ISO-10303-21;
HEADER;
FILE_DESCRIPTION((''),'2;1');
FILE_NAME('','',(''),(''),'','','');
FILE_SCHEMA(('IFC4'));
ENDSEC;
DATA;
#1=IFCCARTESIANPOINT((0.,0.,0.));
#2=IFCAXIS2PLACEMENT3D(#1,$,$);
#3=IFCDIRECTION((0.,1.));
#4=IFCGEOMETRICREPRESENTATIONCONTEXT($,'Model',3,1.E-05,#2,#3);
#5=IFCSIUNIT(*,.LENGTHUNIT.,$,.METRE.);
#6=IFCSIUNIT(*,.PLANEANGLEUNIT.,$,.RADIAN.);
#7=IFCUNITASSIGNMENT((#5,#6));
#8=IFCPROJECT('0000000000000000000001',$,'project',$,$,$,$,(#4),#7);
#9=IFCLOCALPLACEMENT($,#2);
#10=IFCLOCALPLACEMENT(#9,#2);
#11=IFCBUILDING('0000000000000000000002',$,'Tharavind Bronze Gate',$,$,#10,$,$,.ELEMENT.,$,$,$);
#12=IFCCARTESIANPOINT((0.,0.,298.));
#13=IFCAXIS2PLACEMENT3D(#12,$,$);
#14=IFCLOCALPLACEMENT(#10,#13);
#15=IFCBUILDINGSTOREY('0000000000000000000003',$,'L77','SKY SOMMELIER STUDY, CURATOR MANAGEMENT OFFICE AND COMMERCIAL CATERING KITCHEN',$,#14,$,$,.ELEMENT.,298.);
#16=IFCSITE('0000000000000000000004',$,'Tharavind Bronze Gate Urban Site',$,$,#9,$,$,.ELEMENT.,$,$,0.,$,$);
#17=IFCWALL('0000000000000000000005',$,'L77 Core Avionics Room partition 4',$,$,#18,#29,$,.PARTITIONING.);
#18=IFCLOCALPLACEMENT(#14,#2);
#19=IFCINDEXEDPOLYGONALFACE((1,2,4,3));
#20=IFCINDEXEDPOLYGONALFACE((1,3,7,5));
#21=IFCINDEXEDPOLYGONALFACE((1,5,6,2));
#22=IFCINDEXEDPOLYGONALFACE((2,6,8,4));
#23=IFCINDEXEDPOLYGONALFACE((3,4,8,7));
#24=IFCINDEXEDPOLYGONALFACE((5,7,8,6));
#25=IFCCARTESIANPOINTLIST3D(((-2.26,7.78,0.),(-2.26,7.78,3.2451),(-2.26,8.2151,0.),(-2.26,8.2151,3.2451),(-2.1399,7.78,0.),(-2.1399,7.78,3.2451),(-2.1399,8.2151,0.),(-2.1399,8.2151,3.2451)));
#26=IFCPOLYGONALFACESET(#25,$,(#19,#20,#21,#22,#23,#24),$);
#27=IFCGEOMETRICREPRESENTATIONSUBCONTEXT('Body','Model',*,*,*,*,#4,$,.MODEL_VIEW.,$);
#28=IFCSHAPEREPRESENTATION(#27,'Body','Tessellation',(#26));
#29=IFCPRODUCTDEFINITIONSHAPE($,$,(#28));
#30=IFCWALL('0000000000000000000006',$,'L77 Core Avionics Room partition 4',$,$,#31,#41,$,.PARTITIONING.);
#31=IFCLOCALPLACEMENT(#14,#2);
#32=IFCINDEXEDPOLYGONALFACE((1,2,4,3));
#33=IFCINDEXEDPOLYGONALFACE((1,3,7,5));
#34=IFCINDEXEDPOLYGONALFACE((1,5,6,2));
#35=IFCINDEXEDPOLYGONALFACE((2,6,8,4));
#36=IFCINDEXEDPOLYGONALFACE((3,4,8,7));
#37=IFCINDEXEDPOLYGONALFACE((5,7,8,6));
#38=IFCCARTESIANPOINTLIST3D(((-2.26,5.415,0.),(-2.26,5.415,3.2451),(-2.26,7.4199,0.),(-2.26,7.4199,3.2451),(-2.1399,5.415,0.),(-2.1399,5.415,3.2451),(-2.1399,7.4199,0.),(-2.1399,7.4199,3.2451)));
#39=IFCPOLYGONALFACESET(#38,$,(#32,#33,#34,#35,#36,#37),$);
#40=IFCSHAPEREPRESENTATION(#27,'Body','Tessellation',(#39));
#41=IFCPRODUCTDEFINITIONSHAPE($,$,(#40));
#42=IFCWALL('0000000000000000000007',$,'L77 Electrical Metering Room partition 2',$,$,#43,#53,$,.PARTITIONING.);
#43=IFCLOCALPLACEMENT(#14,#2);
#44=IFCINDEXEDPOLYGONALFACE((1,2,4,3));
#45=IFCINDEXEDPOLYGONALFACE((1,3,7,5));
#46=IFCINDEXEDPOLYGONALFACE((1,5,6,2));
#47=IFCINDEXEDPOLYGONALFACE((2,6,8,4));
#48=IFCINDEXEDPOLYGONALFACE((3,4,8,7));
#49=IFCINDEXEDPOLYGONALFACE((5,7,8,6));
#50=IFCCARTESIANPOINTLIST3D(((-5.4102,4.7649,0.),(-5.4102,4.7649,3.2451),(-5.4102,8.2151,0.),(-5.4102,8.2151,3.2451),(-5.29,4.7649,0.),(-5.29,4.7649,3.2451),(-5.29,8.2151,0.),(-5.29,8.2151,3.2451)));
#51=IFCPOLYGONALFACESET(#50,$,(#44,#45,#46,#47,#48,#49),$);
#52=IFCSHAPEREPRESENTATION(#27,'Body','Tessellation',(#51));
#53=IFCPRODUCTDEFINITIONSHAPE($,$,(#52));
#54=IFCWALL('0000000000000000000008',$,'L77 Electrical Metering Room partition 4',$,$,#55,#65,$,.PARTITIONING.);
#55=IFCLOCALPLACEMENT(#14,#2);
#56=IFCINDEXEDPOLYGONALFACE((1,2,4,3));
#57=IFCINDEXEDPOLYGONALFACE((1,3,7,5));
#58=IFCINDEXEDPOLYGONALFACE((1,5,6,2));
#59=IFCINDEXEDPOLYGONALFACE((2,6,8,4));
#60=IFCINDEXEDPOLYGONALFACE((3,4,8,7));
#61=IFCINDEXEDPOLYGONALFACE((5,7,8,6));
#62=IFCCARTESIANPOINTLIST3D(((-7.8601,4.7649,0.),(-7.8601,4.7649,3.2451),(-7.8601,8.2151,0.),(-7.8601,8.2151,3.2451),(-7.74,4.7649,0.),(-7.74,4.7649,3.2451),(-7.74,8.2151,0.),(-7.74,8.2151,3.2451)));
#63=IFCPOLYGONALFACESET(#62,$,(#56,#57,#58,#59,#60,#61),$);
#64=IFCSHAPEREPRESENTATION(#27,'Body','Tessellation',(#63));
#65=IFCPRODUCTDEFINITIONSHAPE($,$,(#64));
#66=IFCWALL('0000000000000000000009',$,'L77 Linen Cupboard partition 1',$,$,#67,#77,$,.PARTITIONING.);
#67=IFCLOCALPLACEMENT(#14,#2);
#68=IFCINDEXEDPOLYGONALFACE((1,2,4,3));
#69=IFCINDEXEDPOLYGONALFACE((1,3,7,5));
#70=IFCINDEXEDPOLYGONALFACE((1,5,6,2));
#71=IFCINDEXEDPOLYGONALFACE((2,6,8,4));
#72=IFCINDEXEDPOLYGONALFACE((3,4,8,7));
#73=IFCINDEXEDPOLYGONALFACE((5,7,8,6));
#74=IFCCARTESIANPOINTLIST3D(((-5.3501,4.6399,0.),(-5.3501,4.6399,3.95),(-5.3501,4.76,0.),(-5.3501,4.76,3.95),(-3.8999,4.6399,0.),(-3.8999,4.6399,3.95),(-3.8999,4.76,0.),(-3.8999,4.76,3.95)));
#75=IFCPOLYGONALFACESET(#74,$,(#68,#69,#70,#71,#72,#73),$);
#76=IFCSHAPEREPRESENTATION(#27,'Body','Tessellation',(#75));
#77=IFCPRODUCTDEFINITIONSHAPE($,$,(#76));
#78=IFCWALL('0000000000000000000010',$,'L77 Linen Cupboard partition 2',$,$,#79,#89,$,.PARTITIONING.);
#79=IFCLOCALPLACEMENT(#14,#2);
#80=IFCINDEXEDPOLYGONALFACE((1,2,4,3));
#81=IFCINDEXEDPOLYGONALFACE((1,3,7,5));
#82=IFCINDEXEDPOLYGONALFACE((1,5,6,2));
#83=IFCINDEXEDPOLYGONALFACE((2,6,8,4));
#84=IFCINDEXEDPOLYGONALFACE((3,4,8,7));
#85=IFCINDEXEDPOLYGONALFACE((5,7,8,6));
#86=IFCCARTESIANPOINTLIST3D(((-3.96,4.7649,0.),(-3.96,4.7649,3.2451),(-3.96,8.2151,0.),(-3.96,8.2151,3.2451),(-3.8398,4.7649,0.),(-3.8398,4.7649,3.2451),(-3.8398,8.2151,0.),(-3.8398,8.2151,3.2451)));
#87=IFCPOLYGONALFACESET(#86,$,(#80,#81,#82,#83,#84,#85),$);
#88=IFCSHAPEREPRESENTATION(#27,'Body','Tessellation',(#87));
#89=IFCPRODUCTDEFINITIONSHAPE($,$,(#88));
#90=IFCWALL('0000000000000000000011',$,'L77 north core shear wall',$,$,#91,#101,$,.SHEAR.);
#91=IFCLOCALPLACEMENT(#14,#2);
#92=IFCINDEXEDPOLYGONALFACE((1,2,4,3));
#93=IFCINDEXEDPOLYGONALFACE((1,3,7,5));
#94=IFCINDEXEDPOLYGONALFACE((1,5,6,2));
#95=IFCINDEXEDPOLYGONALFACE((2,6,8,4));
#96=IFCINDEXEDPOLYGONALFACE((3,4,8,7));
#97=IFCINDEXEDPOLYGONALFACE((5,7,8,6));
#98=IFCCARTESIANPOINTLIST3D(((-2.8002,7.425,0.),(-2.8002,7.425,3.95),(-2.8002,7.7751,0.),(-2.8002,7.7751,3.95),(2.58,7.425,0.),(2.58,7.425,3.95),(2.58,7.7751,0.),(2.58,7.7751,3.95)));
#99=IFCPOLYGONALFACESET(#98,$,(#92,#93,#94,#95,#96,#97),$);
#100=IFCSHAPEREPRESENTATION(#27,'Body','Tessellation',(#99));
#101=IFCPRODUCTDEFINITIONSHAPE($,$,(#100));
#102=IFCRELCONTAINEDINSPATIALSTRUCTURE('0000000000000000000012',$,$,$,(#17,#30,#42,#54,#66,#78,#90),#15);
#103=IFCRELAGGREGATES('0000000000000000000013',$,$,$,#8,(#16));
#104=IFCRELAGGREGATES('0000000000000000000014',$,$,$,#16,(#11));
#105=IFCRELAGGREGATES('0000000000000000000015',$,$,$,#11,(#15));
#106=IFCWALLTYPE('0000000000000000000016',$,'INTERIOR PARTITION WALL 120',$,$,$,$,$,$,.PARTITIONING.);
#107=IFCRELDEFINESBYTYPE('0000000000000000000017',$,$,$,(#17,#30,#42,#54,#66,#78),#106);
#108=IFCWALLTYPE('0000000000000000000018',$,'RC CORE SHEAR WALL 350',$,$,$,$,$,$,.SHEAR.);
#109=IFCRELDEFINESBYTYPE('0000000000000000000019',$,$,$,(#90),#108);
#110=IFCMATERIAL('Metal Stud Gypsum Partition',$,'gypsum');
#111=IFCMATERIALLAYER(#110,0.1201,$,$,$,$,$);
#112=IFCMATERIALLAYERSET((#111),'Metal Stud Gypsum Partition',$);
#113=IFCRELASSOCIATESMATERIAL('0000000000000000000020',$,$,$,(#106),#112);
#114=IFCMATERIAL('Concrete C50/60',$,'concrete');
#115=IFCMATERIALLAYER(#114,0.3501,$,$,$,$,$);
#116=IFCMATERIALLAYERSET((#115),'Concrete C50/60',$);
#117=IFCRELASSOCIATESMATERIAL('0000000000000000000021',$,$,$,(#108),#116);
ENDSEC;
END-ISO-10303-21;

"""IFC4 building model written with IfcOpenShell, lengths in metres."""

from ifc_helpers import new_model, si_unit, direction, frame, frame_2d, origin, place, context, subcontext, project, spatial, rectangle, extrude, material, layer, layer_set, type_object, element, save


model = new_model("IFC4")

# Units and contexts
model_context = context("Model", 3, precision=1e-05, world=origin(), true_north=direction((0.0, 1.0)))
body_context = subcontext(model_context, "Body", "Model", "MODEL_VIEW")
ifc_project = project(units=[si_unit("LENGTHUNIT", "METRE"), si_unit("PLANEANGLEUNIT", "RADIAN")], contexts=[model_context])

# Site, building, storey
site_placement = place(None, origin())
site = spatial("IfcSite", under=ifc_project, at=site_placement, Name="Tharavind Bronze Gate Urban Site", CompositionType="ELEMENT", RefElevation=0.0)
building_placement = place(site_placement, origin())
building = spatial("IfcBuilding", under=site, at=building_placement, Name="Tharavind Bronze Gate", CompositionType="ELEMENT")
storey_placement = place(building_placement, frame((0.0, 0.0, 298.0)))
storey = spatial("IfcBuildingStorey", under=building, at=storey_placement, Name="L77", Description="SKY SOMMELIER STUDY, CURATOR MANAGEMENT OFFICE AND COMMERCIAL CATERING KITCHEN", CompositionType="ELEMENT", Elevation=298.0)

# Shared definitions
ifc_material_1 = material(Name="Metal Stud Gypsum Partition", Category="gypsum")
ifc_layer_1 = layer(ifc_material_1, 0.1201)
ifc_layer_set_1 = layer_set([ifc_layer_1], Name="Metal Stud Gypsum Partition")
wall_type_1 = type_object("IfcWallType", Name="INTERIOR PARTITION WALL 120", PredefinedType="PARTITIONING", material=ifc_layer_set_1)

# Walls
wall_1_placement = place(storey_placement, frame((-2.2, 8.2151, 0.0), z_axis=(0.0, 0.0, 1.0), x_axis=(0.0, -1.0, 0.0)))
element("IfcWall", 1, at=wall_1_placement, inside=storey, type_object=wall_type_1, Name="L77 Core Avionics Room partition 4", PredefinedType="PARTITIONING", context=body_context, shape_type="SweptSolid", body=[
    extrude(rectangle(XDim=0.4351, YDim=0.1201, at=frame_2d((0.2175, 0.0))), origin(), (0.0, 0.0, 1.0), 3.2451),
])
wall_2_placement = place(storey_placement, frame((-2.2, 7.4199, 0.0), z_axis=(0.0, 0.0, 1.0), x_axis=(0.0, -1.0, 0.0)))
element("IfcWall", 2, at=wall_2_placement, inside=storey, type_object=wall_type_1, Name="L77 Core Avionics Room partition 4", PredefinedType="PARTITIONING", context=body_context, shape_type="SweptSolid", body=[
    extrude(rectangle(XDim=2.0049, YDim=0.1201, at=frame_2d((1.0024, 0.0))), origin(), (0.0, 0.0, 1.0), 3.2451),
])
for number, where, z_axis, x_axis, name in (
    (3, (-5.3501, 4.7649, 0.0), (0.0, 0.0, 1.0), (0.0, 1.0, 0.0), "L77 Electrical Metering Room partition 2"),
    (4, (-7.8, 8.2151, 0.0), (0.0, 0.0, 1.0), (0.0, -1.0, 0.0), "L77 Electrical Metering Room partition 4"),
):
    element("IfcWall", number, at=place(storey_placement, frame(where, z_axis=z_axis, x_axis=x_axis)), inside=storey, type_object=wall_type_1, Name=name, PredefinedType="PARTITIONING", context=body_context, shape_type="SweptSolid", body=[
        extrude(rectangle(XDim=3.4502, YDim=0.1201, at=frame_2d((1.7251, 0.0))), origin(), (0.0, 0.0, 1.0), 3.2451),
    ])
wall_3_placement = place(storey_placement, frame((-5.3501, 4.7, 0.0), z_axis=(0.0, 0.0, 1.0), x_axis=(1.0, 0.0, 0.0)))
element("IfcWall", 5, at=wall_3_placement, inside=storey, type_object=wall_type_1, Name="L77 Linen Cupboard partition 1", PredefinedType="PARTITIONING", context=body_context, shape_type="SweptSolid", body=[
    extrude(rectangle(XDim=1.4502, YDim=0.1201, at=frame_2d((0.7251, 0.0))), origin(), (0.0, 0.0, 1.0), 3.95),
])
wall_4_placement = place(storey_placement, frame((-3.8999, 4.7649, 0.0), z_axis=(0.0, 0.0, 1.0), x_axis=(0.0, 1.0, 0.0)))
element("IfcWall", 6, at=wall_4_placement, inside=storey, type_object=wall_type_1, Name="L77 Linen Cupboard partition 2", PredefinedType="PARTITIONING", context=body_context, shape_type="SweptSolid", body=[
    extrude(rectangle(XDim=3.4502, YDim=0.1201, at=frame_2d((1.7251, 0.0))), origin(), (0.0, 0.0, 1.0), 3.2451),
])
ifc_material_2 = material(Name="Concrete C50/60", Category="concrete")
ifc_layer_2 = layer(ifc_material_2, 0.3501)
ifc_layer_set_2 = layer_set([ifc_layer_2], Name="Concrete C50/60")
wall_type_2 = type_object("IfcWallType", Name="RC CORE SHEAR WALL 350", PredefinedType="SHEAR", material=ifc_layer_set_2)
wall_5_placement = place(storey_placement, frame((-2.8, 7.6001, 0.0), z_axis=(0.0, 0.0, 1.0), x_axis=(1.0, 0.0, 0.0)))
element("IfcWall", 7, at=wall_5_placement, inside=storey, type_object=wall_type_2, Name="L77 north core shear wall", PredefinedType="SHEAR", context=body_context, shape_type="SweptSolid", body=[
    extrude(rectangle(XDim=5.3801, YDim=0.3501, at=frame_2d((2.6899, 0.0))), origin(), (0.0, 0.0, 1.0), 3.95),
])

save(model, "model.ifc")
